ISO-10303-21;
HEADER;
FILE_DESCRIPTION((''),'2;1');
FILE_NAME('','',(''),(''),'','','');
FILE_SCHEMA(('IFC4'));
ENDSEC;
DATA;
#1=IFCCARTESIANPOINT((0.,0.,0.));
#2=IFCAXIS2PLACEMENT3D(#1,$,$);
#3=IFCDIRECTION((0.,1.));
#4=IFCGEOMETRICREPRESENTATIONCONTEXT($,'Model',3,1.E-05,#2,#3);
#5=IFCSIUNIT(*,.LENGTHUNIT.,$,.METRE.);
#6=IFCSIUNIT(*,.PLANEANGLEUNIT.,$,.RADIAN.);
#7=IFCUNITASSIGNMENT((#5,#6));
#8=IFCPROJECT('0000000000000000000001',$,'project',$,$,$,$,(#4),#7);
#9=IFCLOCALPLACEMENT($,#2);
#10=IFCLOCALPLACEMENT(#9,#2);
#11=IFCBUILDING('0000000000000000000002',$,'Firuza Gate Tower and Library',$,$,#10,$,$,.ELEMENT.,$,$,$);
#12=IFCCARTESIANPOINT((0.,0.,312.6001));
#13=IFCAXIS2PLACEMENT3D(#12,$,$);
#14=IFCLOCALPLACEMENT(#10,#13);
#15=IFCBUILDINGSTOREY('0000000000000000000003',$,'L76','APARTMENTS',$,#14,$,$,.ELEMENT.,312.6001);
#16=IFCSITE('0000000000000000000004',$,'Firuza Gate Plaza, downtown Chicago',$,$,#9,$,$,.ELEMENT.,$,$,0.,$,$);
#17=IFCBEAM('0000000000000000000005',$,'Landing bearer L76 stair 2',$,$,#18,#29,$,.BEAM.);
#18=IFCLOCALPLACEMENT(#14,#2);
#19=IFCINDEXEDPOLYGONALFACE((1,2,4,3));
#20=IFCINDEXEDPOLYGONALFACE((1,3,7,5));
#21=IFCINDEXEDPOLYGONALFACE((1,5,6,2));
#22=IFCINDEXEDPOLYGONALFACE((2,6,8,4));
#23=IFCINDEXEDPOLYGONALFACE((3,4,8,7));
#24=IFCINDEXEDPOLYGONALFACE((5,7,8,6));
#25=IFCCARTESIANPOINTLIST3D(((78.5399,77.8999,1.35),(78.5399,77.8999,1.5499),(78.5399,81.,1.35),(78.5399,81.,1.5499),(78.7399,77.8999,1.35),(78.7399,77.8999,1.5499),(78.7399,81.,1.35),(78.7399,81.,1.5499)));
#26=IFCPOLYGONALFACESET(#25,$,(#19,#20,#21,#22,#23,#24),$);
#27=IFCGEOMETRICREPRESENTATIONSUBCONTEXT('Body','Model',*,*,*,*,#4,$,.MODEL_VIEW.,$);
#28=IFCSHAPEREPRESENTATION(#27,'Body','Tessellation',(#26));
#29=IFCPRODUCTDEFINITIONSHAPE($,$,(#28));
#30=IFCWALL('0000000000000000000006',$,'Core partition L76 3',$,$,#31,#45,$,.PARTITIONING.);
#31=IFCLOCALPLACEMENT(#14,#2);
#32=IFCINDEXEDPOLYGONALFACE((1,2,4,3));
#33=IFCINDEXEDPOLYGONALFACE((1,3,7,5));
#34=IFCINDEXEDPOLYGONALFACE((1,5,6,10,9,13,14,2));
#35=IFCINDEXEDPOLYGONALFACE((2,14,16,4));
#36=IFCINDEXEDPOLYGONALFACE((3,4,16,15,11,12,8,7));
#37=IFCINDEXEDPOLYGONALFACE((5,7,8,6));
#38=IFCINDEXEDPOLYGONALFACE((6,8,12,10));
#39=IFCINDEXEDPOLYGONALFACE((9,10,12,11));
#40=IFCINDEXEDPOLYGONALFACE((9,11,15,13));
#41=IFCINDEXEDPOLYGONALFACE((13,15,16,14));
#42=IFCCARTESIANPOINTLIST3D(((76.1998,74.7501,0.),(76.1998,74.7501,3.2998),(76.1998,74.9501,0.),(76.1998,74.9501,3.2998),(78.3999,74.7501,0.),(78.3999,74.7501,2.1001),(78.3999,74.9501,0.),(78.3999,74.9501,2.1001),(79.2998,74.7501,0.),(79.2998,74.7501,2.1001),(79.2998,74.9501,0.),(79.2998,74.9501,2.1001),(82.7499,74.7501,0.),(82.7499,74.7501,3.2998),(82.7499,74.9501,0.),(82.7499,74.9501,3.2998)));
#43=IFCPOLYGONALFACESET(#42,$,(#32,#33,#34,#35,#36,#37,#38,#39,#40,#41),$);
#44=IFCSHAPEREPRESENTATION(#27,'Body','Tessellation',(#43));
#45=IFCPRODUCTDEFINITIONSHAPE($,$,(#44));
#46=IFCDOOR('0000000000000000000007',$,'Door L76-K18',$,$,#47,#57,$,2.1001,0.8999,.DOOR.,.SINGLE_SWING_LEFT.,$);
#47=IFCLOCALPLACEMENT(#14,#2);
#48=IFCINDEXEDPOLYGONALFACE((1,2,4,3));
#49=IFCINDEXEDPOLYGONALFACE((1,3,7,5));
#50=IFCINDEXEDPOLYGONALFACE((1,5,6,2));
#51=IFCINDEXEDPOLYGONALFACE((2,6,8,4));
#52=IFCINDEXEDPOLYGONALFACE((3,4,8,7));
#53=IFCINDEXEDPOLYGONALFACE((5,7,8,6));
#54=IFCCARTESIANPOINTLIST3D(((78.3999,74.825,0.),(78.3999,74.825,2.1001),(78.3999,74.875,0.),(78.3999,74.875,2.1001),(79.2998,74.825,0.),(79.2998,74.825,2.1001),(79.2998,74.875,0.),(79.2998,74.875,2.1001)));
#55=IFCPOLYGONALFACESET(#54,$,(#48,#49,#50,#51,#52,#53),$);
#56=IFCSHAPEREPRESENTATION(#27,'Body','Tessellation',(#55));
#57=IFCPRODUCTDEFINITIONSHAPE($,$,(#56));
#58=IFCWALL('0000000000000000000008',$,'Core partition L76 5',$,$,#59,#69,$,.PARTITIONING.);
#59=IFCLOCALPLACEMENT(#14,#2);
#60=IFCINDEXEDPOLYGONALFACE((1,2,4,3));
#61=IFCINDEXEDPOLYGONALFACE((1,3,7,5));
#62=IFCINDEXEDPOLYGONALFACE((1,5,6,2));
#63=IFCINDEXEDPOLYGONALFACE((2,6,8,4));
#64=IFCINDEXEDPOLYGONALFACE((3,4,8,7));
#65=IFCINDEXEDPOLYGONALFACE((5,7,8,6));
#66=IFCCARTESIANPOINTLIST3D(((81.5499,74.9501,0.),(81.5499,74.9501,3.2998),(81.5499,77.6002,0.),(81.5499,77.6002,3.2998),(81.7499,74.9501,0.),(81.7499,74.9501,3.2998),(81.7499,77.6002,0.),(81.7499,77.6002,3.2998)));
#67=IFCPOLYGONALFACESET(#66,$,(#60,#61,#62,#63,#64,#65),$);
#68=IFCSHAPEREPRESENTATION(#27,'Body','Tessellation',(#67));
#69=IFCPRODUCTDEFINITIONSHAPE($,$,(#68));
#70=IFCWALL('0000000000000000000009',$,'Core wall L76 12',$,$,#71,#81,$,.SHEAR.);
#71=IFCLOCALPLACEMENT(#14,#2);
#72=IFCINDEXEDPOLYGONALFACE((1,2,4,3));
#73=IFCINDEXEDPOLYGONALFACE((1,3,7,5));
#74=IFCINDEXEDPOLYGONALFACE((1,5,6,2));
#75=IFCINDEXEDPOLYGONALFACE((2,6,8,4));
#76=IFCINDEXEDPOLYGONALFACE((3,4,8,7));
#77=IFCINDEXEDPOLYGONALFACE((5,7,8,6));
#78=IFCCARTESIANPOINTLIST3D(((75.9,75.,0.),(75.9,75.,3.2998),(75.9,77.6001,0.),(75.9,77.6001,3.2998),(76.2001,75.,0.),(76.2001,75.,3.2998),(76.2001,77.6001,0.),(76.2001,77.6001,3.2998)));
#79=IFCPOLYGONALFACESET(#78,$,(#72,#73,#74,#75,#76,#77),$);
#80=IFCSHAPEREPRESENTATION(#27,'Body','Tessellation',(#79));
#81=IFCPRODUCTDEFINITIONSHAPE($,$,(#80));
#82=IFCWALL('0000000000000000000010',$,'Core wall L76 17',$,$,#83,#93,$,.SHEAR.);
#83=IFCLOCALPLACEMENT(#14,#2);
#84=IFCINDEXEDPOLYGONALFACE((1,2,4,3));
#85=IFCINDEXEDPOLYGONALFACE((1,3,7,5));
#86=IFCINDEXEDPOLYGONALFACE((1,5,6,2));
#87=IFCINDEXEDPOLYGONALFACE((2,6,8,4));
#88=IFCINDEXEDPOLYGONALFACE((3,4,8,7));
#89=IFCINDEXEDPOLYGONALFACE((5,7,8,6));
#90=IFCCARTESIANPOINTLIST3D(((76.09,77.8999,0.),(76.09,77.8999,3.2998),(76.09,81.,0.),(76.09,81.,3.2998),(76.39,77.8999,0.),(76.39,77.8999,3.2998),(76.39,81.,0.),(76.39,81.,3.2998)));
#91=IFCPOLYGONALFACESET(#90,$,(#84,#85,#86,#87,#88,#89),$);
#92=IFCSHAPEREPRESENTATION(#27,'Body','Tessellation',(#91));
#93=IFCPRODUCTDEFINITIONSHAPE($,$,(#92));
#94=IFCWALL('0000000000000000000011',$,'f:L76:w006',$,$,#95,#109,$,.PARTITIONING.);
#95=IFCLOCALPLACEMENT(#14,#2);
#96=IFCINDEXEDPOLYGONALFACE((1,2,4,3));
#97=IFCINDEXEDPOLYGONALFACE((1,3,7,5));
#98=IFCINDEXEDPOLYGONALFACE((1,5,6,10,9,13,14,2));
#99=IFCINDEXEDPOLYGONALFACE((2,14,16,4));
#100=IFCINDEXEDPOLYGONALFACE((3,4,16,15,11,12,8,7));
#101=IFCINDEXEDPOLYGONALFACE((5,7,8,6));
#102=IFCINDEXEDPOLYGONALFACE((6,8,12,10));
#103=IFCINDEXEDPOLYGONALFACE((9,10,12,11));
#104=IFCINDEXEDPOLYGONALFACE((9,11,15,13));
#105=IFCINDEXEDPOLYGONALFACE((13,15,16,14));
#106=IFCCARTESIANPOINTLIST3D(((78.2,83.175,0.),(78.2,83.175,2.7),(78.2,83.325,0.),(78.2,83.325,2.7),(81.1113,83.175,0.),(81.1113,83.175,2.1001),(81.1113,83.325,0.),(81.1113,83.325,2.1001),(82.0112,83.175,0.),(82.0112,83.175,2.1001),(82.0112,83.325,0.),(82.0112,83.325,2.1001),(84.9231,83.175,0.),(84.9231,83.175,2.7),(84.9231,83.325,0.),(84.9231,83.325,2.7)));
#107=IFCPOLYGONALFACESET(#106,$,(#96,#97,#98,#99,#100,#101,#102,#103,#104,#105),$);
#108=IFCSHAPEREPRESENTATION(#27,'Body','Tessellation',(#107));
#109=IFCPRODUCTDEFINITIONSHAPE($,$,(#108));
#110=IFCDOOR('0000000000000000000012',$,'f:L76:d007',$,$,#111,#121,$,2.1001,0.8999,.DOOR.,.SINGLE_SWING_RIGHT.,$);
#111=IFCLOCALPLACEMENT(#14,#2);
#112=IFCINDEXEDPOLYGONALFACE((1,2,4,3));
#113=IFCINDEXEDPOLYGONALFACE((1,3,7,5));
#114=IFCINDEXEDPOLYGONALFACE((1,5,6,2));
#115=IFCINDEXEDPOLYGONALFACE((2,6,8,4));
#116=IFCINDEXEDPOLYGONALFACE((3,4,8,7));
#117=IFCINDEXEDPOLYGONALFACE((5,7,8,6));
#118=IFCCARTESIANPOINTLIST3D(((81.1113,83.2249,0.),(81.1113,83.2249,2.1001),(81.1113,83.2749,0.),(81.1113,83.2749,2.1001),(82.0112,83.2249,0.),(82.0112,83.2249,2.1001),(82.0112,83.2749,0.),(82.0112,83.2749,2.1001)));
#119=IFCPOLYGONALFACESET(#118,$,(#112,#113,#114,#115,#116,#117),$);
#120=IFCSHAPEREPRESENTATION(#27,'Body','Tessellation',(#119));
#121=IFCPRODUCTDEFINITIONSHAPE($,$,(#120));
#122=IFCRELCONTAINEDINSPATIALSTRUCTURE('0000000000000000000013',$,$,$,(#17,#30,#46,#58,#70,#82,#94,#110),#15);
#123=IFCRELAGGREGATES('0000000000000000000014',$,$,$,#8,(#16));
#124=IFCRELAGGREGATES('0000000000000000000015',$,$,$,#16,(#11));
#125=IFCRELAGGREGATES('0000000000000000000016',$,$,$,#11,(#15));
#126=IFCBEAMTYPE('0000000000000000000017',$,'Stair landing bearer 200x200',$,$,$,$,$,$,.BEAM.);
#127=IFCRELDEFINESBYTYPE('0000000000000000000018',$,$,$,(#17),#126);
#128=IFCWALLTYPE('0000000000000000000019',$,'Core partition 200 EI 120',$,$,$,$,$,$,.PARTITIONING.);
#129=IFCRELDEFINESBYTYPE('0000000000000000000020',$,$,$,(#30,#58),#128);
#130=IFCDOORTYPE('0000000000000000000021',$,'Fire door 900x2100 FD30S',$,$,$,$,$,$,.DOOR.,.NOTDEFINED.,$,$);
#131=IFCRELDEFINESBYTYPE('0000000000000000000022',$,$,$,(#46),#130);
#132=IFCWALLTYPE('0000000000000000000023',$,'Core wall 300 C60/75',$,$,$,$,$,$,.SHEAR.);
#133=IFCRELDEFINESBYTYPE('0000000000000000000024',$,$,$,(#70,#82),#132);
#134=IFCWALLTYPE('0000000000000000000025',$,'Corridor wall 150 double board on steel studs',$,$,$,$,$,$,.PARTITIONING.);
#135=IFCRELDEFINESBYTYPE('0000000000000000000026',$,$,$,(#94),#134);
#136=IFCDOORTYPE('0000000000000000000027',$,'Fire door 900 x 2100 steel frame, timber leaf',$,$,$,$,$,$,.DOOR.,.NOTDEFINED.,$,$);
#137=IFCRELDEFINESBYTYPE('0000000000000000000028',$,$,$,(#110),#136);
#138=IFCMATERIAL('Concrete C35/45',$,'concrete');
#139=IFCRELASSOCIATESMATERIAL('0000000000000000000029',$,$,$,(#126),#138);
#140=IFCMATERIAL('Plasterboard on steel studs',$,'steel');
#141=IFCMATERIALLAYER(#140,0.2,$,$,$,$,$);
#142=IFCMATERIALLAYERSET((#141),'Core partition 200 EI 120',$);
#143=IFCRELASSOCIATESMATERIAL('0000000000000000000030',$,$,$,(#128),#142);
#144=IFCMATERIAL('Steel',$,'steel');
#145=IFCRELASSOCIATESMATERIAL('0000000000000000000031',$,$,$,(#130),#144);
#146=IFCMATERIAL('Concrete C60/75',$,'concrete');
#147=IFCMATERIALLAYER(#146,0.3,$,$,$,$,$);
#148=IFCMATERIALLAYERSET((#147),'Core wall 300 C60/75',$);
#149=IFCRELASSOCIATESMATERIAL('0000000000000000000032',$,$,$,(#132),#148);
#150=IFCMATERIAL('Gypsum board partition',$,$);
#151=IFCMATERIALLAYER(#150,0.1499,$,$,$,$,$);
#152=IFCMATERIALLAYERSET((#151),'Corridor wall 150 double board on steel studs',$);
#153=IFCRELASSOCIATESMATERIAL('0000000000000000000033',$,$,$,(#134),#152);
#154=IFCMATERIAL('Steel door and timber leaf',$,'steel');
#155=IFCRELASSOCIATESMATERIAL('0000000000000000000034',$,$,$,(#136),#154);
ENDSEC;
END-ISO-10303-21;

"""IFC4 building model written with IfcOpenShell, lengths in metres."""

from ifc_helpers import new_model, si_unit, direction, frame, frame_2d, origin, origin_2d, place, context, subcontext, project, spatial, rectangle, extrude, material, layer, layer_set, material_profile, profile_set, type_object, element, fill, save


model = new_model("IFC4")

# Units and contexts
model_context = context("Model", 3, precision=1e-05, world=origin(), true_north=direction((0.0, 1.0)))
body_context = subcontext(model_context, "Body", "Model", "MODEL_VIEW")
ifc_project = project(units=[si_unit("LENGTHUNIT", "METRE"), si_unit("PLANEANGLEUNIT", "RADIAN")], contexts=[model_context])

# Site, building, storey
site_placement = place(None, origin())
site = spatial("IfcSite", under=ifc_project, at=site_placement, Name="Firuza Gate Plaza, downtown Chicago", CompositionType="ELEMENT", RefElevation=0.0)
building_placement = place(site_placement, origin())
building = spatial("IfcBuilding", under=site, at=building_placement, Name="Firuza Gate Tower and Library", CompositionType="ELEMENT")
storey_placement = place(building_placement, frame((0.0, 0.0, 312.6001)))
storey = spatial("IfcBuildingStorey", under=building, at=storey_placement, Name="L76", Description="APARTMENTS", CompositionType="ELEMENT", Elevation=312.6001)

# Beam
ifc_material_1 = material(Name="Concrete C35/45", Category="concrete")
ifc_material_profile = material_profile(ifc_material_1, rectangle(XDim=0.2, YDim=0.2, at=origin_2d()))
ifc_profile_set = profile_set([ifc_material_profile], Name="Concrete C35/45")
beam_type = type_object("IfcBeamType", Name="Stair landing bearer 200x200", PredefinedType="BEAM", material=ifc_profile_set)
beam_placement = place(storey_placement, frame((78.6399, 81.0, 1.45), z_axis=(0.0, -1.0, 0.0), x_axis=(1.0, 0.0, 0.0)))
element("IfcBeam", 1, at=beam_placement, inside=storey, type_object=beam_type, Name="Landing bearer L76 stair 2", PredefinedType="BEAM", context=body_context, shape_type="SweptSolid", body=[
    extrude(rectangle(XDim=0.2, YDim=0.2, at=origin_2d()), origin(), (0.0, 0.0, 1.0), 3.1001),
])

# Wall, opening, door
ifc_material_2 = material(Name="Plasterboard on steel studs", Category="steel")
ifc_layer_1 = layer(ifc_material_2, 0.2)
ifc_layer_set_1 = layer_set([ifc_layer_1], Name="Core partition 200 EI 120")
wall_type_1 = type_object("IfcWallType", Name="Core partition 200 EI 120", PredefinedType="PARTITIONING", material=ifc_layer_set_1)
wall_1_placement = place(storey_placement, frame((76.2, 74.8501, 0.0), z_axis=(0.0, 0.0, 1.0), x_axis=(1.0, 0.0, 0.0)))
wall_1 = element("IfcWall", 2, at=wall_1_placement, inside=storey, type_object=wall_type_1, Name="Core partition L76 3", PredefinedType="PARTITIONING", context=body_context, shape_type="SweptSolid", body=[
    extrude(rectangle(XDim=6.55, YDim=0.2, at=frame_2d((3.2749, 0.0))), origin(), (0.0, 0.0, 1.0), 3.2998),
])
opening_1_placement = place(wall_1_placement, frame((2.2, 0.0, 0.0)))
opening_1 = element("IfcOpeningElement", 3, at=opening_1_placement, cuts=wall_1, PredefinedType="OPENING", context=body_context, shape_type="SweptSolid", body=[
    extrude(rectangle(XDim=0.8999, YDim=2.1001, at=frame_2d((0.45, 1.05))), frame((0.0, 0.1099, 0.0), z_axis=(0.0, -1.0, 0.0), x_axis=(1.0, 0.0, 0.0)), (0.0, 0.0, 1.0), 0.22),
])
ifc_material_3 = material(Name="Steel", Category="steel")
door_type_1 = type_object("IfcDoorType", Name="Fire door 900x2100 FD30S", OperationType="NOTDEFINED", PredefinedType="DOOR", material=ifc_material_3)
door_1_placement = place(opening_1_placement, origin())
door_1 = element("IfcDoor", 4, at=door_1_placement, inside=storey, type_object=door_type_1, Name="Door L76-K18", OperationType="SINGLE_SWING_LEFT", OverallHeight=2.1001, OverallWidth=0.8999, PredefinedType="DOOR", context=body_context, shape_type="SweptSolid", body=[
    extrude(rectangle(XDim=0.8999, YDim=2.1001, at=frame_2d((0.45, 1.05))), frame((0.0, 0.0249, 0.0), z_axis=(0.0, -1.0, 0.0), x_axis=(1.0, 0.0, 0.0)), (0.0, 0.0, 1.0), 0.05),
])
fill(opening_1, door_1)

# Walls
wall_2_placement = place(storey_placement, frame((81.6499, 74.95, 0.0), z_axis=(0.0, 0.0, 1.0), x_axis=(0.0, 1.0, 0.0)))
element("IfcWall", 5, at=wall_2_placement, inside=storey, type_object=wall_type_1, Name="Core partition L76 5", PredefinedType="PARTITIONING", context=body_context, shape_type="SweptSolid", body=[
    extrude(rectangle(XDim=2.6501, YDim=0.2, at=frame_2d((1.3252, 0.0))), origin(), (0.0, 0.0, 1.0), 3.2998),
])
ifc_material_4 = material(Name="Concrete C60/75", Category="concrete")
ifc_layer_2 = layer(ifc_material_4, 0.3)
ifc_layer_set_2 = layer_set([ifc_layer_2], Name="Core wall 300 C60/75")
wall_type_2 = type_object("IfcWallType", Name="Core wall 300 C60/75", PredefinedType="SHEAR", material=ifc_layer_set_2)
wall_3_placement = place(storey_placement, frame((76.05, 75.0, 0.0), z_axis=(0.0, 0.0, 1.0), x_axis=(0.0, 1.0, 0.0)))
element("IfcWall", 6, at=wall_3_placement, inside=storey, type_object=wall_type_2, Name="Core wall L76 12", PredefinedType="SHEAR", context=body_context, shape_type="SweptSolid", body=[
    extrude(rectangle(XDim=2.6001, YDim=0.3, at=frame_2d((1.3, 0.0))), origin(), (0.0, 0.0, 1.0), 3.2998),
])
wall_4_placement = place(storey_placement, frame((76.24, 77.8999, 0.0), z_axis=(0.0, 0.0, 1.0), x_axis=(0.0, 1.0, 0.0)))
element("IfcWall", 7, at=wall_4_placement, inside=storey, type_object=wall_type_2, Name="Core wall L76 17", PredefinedType="SHEAR", context=body_context, shape_type="SweptSolid", body=[
    extrude(rectangle(XDim=3.1001, YDim=0.3, at=frame_2d((1.55, 0.0))), origin(), (0.0, 0.0, 1.0), 3.2998),
])

# Wall, opening, door
ifc_material_5 = material(Name="Gypsum board partition")
ifc_layer_3 = layer(ifc_material_5, 0.1499)
ifc_layer_set_3 = layer_set([ifc_layer_3], Name="Corridor wall 150 double board on steel studs")
wall_type_3 = type_object("IfcWallType", Name="Corridor wall 150 double board on steel studs", PredefinedType="PARTITIONING", material=ifc_layer_set_3)
wall_5_placement = place(storey_placement, frame((78.2, 83.25, 0.0), z_axis=(0.0, 0.0, 1.0), x_axis=(1.0, 0.0, 0.0)))
wall_5 = element("IfcWall", 8, at=wall_5_placement, inside=storey, type_object=wall_type_3, Name="f:L76:w006", PredefinedType="PARTITIONING", context=body_context, shape_type="SweptSolid", body=[
    extrude(rectangle(XDim=6.7231, YDim=0.1499, at=frame_2d((3.3616, 0.0))), origin(), (0.0, 0.0, 1.0), 2.7),
])
opening_2_placement = place(wall_5_placement, frame((2.9114, 0.0, 0.0)))
opening_2 = element("IfcOpeningElement", 9, at=opening_2_placement, cuts=wall_5, PredefinedType="OPENING", context=body_context, shape_type="SweptSolid", body=[
    extrude(rectangle(XDim=0.8999, YDim=2.1001, at=frame_2d((0.45, 1.05))), frame((0.0, 0.085, 0.0), z_axis=(0.0, -1.0, 0.0), x_axis=(1.0, 0.0, 0.0)), (0.0, 0.0, 1.0), 0.1699),
])
ifc_material_6 = material(Name="Steel door and timber leaf", Category="steel")
door_type_2 = type_object("IfcDoorType", Name="Fire door 900 x 2100 steel frame, timber leaf", OperationType="NOTDEFINED", PredefinedType="DOOR", material=ifc_material_6)
door_2_placement = place(opening_2_placement, origin())
door_2 = element("IfcDoor", 10, at=door_2_placement, inside=storey, type_object=door_type_2, Name="f:L76:d007", OperationType="SINGLE_SWING_RIGHT", OverallHeight=2.1001, OverallWidth=0.8999, PredefinedType="DOOR", context=body_context, shape_type="SweptSolid", body=[
    extrude(rectangle(XDim=0.8999, YDim=2.1001, at=frame_2d((0.45, 1.05))), frame((0.0, 0.0249, 0.0), z_axis=(0.0, -1.0, 0.0), x_axis=(1.0, 0.0, 0.0)), (0.0, 0.0, 1.0), 0.05),
])
fill(opening_2, door_2)

save(model, "model.ifc")
